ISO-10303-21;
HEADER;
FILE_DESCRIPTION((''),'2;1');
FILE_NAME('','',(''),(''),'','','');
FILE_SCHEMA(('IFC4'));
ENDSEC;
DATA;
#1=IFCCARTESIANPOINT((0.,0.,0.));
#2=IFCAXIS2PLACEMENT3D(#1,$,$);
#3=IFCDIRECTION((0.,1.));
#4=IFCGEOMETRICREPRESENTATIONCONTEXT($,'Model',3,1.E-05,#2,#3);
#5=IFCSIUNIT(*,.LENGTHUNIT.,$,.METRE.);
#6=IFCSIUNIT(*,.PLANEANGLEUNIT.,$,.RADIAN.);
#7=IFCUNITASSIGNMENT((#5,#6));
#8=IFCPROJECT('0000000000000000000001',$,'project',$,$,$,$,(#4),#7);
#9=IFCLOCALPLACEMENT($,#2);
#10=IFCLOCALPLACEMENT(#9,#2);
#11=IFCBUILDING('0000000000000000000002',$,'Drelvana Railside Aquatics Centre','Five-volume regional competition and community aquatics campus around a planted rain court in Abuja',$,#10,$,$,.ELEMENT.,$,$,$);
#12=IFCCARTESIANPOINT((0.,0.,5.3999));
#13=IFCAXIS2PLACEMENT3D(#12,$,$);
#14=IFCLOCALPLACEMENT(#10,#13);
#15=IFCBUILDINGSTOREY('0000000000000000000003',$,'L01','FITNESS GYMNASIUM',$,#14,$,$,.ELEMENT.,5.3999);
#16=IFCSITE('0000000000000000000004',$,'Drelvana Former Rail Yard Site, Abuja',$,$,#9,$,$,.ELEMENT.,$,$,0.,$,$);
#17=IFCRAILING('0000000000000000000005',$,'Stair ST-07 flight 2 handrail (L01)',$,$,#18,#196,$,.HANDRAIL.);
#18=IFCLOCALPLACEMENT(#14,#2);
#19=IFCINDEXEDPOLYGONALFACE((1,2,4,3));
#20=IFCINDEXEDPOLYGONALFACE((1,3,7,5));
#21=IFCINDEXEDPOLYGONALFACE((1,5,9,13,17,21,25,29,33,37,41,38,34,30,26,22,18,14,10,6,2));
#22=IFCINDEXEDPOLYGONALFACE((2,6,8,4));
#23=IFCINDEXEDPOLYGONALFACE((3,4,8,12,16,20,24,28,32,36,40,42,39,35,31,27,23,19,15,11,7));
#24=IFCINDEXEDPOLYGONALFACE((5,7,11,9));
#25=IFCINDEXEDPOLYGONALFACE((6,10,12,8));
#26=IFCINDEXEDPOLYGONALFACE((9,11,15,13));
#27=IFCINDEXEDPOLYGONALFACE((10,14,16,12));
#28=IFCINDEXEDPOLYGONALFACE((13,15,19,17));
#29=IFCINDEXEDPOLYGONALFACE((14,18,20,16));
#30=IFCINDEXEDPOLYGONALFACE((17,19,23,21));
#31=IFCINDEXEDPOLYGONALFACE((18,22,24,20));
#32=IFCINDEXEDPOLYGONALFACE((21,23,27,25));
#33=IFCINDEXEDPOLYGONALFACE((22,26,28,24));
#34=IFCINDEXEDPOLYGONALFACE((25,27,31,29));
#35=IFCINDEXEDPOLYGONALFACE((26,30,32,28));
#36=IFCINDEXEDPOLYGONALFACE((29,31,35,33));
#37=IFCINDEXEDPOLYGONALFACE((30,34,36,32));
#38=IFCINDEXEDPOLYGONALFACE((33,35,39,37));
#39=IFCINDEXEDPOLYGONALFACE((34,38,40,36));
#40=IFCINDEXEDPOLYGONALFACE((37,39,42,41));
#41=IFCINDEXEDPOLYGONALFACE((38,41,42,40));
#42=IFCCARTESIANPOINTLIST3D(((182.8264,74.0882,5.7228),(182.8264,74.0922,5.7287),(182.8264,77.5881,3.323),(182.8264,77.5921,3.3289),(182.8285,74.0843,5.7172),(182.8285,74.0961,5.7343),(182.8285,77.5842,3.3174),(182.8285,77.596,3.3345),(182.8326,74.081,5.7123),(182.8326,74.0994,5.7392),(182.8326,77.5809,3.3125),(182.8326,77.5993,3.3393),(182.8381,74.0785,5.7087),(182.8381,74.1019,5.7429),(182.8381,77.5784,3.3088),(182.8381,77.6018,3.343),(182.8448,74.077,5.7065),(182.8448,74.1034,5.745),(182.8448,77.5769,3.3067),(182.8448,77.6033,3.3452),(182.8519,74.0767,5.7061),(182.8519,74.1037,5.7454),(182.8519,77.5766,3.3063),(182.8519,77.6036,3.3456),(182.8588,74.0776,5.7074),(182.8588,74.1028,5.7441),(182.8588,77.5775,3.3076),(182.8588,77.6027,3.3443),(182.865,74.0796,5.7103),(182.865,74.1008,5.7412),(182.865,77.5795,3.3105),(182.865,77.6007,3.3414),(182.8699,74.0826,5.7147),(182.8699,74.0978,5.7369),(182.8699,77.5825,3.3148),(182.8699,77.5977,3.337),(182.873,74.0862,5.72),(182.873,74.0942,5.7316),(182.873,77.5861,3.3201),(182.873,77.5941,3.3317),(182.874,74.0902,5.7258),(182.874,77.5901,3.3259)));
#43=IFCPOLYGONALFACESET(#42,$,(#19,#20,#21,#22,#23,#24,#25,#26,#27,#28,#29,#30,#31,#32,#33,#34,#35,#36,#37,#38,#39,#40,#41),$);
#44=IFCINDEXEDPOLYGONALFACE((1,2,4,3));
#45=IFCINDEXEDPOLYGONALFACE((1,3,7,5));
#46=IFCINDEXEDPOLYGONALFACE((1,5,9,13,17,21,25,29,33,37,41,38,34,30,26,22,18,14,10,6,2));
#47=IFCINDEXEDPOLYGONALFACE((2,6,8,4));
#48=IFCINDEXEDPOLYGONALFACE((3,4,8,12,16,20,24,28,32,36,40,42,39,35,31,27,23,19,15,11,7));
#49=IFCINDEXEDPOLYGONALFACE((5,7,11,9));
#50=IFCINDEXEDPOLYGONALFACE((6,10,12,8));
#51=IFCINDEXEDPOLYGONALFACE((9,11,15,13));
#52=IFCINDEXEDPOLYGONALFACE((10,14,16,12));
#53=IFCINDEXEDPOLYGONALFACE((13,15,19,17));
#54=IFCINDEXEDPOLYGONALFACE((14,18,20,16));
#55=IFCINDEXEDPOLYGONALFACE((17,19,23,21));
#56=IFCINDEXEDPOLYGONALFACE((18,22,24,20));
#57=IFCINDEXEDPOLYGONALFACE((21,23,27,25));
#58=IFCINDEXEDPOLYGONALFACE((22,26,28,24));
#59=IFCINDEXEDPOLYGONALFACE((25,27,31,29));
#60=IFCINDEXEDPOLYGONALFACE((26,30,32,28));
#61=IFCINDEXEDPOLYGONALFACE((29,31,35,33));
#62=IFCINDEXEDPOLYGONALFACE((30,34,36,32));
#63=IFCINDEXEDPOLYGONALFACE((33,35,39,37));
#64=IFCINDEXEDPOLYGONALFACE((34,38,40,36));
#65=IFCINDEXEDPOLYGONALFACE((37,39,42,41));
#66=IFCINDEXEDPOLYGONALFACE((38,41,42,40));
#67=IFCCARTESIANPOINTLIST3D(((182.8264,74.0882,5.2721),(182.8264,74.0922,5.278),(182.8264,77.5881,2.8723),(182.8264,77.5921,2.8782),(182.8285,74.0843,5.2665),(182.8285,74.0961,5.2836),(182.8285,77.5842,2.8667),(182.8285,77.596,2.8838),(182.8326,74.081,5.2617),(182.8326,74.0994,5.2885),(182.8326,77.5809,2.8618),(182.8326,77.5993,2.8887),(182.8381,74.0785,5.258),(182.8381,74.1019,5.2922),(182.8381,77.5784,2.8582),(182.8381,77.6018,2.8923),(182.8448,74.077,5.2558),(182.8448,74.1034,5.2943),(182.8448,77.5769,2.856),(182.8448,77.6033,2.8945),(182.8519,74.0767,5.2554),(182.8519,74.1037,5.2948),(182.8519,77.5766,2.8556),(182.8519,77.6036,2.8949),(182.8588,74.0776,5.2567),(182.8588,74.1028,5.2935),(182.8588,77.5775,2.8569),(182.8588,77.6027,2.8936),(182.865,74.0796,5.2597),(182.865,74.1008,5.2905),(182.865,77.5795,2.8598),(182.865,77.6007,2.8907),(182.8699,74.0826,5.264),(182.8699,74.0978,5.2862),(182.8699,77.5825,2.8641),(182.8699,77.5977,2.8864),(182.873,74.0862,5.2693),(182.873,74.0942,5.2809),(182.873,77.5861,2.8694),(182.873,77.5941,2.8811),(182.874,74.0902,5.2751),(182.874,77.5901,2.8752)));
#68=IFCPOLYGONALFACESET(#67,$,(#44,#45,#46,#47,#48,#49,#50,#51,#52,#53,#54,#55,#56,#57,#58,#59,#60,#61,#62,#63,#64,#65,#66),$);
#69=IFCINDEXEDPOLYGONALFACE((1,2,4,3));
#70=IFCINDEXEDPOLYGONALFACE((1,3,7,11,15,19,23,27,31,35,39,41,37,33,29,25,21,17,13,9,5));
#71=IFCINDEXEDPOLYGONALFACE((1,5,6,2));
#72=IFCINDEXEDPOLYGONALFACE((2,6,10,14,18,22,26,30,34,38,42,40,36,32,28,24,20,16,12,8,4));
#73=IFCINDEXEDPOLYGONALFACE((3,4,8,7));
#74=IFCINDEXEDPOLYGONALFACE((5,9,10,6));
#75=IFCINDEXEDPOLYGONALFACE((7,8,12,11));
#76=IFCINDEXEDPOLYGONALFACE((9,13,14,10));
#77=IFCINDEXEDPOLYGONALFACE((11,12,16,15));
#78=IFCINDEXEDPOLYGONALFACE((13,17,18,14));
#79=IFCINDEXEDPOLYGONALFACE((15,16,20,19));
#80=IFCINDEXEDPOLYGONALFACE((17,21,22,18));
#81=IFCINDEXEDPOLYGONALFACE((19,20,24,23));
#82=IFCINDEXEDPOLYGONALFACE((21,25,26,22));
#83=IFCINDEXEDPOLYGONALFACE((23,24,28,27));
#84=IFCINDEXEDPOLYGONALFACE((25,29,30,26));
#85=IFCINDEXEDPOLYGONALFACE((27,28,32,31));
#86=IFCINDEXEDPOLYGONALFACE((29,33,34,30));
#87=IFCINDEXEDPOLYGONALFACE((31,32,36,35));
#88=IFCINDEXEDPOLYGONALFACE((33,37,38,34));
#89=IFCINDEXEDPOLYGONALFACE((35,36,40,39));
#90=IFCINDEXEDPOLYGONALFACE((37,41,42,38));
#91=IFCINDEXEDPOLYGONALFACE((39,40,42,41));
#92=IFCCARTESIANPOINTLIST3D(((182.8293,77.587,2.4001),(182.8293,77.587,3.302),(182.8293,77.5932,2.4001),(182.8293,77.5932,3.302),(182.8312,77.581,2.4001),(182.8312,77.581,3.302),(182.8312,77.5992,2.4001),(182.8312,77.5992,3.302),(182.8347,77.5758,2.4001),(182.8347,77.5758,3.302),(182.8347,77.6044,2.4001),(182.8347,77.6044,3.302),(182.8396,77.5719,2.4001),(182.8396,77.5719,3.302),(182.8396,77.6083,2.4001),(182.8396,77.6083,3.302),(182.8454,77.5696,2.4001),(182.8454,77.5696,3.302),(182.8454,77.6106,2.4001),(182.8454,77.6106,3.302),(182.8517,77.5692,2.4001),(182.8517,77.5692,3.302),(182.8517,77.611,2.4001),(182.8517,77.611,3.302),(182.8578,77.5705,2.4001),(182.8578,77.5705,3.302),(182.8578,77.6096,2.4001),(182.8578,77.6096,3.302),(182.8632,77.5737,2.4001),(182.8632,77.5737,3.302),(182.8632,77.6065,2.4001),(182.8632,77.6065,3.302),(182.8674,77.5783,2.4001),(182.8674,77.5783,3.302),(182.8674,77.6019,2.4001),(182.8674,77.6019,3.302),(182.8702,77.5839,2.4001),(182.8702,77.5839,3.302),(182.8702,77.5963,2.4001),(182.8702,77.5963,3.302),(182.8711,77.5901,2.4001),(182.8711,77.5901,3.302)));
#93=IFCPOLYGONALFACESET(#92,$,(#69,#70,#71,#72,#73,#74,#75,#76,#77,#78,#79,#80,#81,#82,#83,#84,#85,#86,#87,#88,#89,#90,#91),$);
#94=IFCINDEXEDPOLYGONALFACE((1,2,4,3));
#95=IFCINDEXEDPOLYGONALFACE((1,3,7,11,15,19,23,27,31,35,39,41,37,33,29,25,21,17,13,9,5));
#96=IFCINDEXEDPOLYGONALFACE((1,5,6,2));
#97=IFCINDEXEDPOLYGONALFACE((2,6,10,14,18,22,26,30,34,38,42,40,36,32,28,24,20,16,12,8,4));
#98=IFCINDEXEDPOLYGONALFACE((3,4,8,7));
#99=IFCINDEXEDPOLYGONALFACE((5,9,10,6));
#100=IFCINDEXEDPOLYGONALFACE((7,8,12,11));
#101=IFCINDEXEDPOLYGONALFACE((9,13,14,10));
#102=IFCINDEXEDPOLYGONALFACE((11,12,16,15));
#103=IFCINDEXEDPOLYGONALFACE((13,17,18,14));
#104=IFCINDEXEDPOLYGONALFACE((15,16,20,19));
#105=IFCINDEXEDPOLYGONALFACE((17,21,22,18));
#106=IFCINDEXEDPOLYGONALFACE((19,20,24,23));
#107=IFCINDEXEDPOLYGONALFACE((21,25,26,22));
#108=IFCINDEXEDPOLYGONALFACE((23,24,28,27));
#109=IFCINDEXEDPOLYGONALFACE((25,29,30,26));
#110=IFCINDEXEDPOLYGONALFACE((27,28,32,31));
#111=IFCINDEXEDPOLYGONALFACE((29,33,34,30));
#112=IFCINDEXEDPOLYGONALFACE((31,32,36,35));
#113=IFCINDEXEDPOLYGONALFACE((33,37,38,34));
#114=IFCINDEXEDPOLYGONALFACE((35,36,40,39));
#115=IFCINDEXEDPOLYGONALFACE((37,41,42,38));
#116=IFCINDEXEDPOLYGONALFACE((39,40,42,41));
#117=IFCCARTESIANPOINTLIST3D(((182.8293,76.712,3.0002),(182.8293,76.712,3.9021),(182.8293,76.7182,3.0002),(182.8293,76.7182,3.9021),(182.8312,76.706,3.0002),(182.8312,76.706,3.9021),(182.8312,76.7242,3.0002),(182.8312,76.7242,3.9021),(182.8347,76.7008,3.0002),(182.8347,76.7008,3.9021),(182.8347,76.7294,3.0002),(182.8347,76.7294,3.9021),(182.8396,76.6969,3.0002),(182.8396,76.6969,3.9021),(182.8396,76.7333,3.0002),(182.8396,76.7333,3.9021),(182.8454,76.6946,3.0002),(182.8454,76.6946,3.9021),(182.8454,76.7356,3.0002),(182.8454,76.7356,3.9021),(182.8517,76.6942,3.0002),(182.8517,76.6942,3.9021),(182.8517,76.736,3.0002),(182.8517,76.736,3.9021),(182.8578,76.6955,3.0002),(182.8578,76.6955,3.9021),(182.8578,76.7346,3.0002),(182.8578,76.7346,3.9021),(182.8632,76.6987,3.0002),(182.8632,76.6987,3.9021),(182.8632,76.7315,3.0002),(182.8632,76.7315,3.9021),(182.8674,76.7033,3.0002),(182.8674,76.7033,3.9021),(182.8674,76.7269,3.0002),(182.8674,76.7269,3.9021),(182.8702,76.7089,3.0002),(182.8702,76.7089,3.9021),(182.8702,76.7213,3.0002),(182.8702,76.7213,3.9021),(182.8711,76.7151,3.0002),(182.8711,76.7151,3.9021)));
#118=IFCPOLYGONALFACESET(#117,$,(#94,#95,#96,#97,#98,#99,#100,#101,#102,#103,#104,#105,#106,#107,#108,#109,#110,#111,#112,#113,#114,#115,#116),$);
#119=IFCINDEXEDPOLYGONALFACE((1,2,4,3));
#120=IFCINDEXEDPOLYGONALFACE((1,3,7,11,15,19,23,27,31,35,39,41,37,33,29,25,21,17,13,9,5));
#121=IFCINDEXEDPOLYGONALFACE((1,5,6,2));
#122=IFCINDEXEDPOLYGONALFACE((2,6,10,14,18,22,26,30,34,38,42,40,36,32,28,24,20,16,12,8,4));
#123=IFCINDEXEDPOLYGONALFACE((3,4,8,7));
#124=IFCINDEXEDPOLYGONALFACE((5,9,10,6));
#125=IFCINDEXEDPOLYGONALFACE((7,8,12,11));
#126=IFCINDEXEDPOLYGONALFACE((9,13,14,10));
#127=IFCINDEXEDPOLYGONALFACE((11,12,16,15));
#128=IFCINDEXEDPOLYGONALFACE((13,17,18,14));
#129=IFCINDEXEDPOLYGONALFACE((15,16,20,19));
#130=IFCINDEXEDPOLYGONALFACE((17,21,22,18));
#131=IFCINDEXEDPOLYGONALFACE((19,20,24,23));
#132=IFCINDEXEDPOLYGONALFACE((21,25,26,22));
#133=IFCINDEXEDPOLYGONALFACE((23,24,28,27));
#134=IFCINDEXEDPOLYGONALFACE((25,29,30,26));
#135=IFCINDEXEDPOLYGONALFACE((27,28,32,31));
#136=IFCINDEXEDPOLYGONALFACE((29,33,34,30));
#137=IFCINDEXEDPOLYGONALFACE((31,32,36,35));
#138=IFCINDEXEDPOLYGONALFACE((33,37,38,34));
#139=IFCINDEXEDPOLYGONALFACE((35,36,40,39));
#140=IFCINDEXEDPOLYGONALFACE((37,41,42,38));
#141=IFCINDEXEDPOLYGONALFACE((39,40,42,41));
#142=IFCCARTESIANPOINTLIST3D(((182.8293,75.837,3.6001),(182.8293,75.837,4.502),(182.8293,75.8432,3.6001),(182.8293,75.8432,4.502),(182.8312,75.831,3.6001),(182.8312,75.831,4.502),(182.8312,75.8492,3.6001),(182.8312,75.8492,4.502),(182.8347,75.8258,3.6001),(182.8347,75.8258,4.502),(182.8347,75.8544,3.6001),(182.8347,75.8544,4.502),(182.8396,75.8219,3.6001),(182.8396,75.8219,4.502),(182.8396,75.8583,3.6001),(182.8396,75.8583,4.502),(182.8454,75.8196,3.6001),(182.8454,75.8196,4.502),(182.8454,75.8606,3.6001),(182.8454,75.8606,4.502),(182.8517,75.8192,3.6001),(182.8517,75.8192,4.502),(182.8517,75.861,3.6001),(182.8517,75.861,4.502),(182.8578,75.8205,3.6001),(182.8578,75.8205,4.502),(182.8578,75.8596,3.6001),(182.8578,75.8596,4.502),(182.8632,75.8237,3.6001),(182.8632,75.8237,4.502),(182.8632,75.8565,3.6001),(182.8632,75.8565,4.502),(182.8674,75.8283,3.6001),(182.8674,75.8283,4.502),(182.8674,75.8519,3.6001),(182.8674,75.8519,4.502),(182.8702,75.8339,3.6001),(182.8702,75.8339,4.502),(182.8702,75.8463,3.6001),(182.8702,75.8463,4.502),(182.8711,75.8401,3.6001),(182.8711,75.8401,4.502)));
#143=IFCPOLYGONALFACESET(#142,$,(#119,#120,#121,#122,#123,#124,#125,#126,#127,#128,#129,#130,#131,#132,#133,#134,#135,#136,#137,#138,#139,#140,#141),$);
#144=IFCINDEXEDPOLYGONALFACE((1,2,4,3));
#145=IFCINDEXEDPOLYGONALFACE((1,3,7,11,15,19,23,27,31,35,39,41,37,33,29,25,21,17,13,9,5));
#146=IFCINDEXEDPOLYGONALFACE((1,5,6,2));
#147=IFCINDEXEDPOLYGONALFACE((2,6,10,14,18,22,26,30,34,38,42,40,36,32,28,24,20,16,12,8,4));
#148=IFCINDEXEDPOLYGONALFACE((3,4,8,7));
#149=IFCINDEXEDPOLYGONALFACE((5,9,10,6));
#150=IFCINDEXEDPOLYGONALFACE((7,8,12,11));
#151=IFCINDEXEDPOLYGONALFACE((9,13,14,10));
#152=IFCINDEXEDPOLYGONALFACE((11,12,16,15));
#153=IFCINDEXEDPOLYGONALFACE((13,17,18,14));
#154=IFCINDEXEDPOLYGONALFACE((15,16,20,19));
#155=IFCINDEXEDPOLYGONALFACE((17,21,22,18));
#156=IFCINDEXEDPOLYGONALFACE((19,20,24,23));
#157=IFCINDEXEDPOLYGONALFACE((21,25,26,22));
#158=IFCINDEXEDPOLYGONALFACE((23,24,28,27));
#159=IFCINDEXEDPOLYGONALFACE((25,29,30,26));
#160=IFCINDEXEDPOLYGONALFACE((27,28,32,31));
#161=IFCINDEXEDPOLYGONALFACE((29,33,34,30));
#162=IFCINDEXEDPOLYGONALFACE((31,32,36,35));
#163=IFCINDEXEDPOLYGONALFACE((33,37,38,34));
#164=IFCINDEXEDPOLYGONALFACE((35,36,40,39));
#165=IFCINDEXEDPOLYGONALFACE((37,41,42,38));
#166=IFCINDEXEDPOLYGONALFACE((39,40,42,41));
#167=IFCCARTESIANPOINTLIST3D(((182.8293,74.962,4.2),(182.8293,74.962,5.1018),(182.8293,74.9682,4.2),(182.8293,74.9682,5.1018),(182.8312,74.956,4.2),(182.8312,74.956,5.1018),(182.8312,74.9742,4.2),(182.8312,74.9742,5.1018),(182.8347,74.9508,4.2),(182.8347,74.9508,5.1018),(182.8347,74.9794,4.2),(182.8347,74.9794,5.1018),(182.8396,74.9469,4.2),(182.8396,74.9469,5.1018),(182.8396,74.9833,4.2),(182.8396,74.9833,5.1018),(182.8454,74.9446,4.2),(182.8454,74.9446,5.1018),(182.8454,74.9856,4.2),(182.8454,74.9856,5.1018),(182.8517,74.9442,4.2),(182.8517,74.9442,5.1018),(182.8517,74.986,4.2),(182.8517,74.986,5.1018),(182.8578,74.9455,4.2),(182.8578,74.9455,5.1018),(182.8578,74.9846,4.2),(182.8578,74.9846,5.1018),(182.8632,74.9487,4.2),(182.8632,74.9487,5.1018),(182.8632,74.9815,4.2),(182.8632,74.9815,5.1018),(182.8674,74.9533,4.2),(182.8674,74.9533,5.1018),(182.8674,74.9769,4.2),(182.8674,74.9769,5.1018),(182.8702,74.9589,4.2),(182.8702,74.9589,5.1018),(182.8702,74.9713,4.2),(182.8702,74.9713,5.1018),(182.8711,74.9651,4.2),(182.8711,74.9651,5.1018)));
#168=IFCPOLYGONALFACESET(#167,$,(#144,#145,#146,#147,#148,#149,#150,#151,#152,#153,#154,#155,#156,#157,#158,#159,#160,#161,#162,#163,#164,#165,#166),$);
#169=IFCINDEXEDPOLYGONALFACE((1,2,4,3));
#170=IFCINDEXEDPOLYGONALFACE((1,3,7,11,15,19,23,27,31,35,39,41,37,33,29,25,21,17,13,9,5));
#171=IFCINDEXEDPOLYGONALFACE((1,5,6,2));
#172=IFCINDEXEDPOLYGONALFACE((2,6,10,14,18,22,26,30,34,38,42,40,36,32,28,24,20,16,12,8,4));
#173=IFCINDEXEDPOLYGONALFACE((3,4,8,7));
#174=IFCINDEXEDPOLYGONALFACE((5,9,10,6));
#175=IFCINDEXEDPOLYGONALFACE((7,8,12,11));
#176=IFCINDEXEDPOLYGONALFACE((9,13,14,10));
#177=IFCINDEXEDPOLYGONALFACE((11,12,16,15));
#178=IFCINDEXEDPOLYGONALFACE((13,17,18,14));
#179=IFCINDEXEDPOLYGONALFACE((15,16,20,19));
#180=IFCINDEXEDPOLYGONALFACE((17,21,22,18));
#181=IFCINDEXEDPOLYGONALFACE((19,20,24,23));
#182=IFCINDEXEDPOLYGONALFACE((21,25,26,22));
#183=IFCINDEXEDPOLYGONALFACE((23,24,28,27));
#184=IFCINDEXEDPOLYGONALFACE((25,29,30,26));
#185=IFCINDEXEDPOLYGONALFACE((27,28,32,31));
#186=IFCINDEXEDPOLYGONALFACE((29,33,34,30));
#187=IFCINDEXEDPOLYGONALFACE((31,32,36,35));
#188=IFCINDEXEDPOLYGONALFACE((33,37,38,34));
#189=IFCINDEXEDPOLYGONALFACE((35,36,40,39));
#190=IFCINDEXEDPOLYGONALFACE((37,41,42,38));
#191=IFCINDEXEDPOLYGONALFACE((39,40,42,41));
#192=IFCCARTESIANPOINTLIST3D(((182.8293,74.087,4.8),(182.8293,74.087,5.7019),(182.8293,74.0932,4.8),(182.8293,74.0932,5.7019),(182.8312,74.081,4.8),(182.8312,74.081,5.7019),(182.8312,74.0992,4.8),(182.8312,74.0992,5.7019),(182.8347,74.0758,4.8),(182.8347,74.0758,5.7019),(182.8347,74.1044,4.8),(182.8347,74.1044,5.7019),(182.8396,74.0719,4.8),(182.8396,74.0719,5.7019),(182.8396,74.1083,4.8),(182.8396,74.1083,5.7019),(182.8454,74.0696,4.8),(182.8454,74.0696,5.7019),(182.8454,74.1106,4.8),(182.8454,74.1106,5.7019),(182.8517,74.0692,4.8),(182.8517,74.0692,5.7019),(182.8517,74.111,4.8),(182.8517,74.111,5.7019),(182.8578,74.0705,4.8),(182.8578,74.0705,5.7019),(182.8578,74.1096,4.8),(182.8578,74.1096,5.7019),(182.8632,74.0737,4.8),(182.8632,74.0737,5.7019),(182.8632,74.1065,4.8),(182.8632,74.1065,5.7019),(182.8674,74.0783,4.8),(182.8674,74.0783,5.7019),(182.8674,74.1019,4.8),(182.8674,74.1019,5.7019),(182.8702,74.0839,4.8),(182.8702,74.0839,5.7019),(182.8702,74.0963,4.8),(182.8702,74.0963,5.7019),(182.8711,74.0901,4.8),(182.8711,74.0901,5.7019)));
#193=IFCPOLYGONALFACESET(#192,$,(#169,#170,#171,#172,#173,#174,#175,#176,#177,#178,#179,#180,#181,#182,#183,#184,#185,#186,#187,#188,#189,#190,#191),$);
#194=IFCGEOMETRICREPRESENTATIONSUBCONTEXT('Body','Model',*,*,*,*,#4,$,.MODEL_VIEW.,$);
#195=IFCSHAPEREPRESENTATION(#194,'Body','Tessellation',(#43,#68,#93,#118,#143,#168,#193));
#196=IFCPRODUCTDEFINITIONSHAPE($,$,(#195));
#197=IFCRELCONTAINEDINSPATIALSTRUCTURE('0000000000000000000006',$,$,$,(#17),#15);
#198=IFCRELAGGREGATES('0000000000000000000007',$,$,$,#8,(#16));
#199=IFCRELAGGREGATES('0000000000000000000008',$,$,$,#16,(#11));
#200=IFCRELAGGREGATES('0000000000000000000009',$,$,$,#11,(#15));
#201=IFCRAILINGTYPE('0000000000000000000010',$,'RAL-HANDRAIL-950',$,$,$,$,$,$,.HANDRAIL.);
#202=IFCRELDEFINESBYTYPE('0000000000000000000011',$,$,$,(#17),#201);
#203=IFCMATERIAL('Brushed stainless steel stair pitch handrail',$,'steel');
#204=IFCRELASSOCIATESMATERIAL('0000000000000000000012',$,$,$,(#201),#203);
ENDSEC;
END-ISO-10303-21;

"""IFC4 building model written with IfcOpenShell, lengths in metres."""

from ifc_helpers import new_model, si_unit, direction, frame, origin, origin_2d, place, context, subcontext, project, spatial, circle, extrude, material, type_object, element, save


model = new_model("IFC4")

# Units and contexts
model_context = context("Model", 3, precision=1e-05, world=origin(), true_north=direction((0.0, 1.0)))
body_context = subcontext(model_context, "Body", "Model", "MODEL_VIEW")
ifc_project = project(units=[si_unit("LENGTHUNIT", "METRE"), si_unit("PLANEANGLEUNIT", "RADIAN")], contexts=[model_context])

# Site, building, storey
site_placement = place(None, origin())
site = spatial("IfcSite", under=ifc_project, at=site_placement, Name="Drelvana Former Rail Yard Site, Abuja", CompositionType="ELEMENT", RefElevation=0.0)
building_placement = place(site_placement, origin())
building = spatial("IfcBuilding", under=site, at=building_placement, Name="Drelvana Railside Aquatics Centre", Description="Five-volume regional competition and community aquatics campus around a planted rain court in Abuja", CompositionType="ELEMENT")
storey_placement = place(building_placement, frame((0.0, 0.0, 5.3999)))
storey = spatial("IfcBuildingStorey", under=building, at=storey_placement, Name="L01", Description="FITNESS GYMNASIUM", CompositionType="ELEMENT", Elevation=5.3999)

# Railing
ifc_material_1 = material(Name="Brushed stainless steel stair pitch handrail", Category="steel")
railing_type = type_object("IfcRailingType", Name="RAL-HANDRAIL-950", PredefinedType="HANDRAIL", material=ifc_material_1)
railing_1_placement = place(storey_placement, frame((182.8501, 77.5901, 2.4001)))
element("IfcRailing", 1, at=railing_1_placement, inside=storey, type_object=railing_type, Name="Stair ST-07 flight 2 handrail (L01)", PredefinedType="HANDRAIL", context=body_context, shape_type="SweptSolid", body=[
    extrude(circle(Radius=0.0239, at=origin_2d()), frame((0.0, 0.0, 0.9258), z_axis=(0.0, -0.82474, 0.565513), x_axis=(1.0, 0.0, 0.0)), (0.0, 0.0, 1.0), 4.2437),
    extrude(circle(Radius=0.0239, at=origin_2d()), frame((0.0, 0.0, 0.4751), z_axis=(0.0, -0.82474, 0.565513), x_axis=(1.0, 0.0, 0.0)), (0.0, 0.0, 1.0), 4.2437),
    extrude(circle(Radius=0.021, at=origin_2d()), origin(), (0.0, 0.0, 1.0), 0.9019),
    extrude(circle(Radius=0.021, at=origin_2d()), frame((0.0, -0.875, 0.6001)), (0.0, 0.0, 1.0), 0.9019),
    extrude(circle(Radius=0.021, at=origin_2d()), frame((0.0, -1.75, 1.2)), (0.0, 0.0, 1.0), 0.9019),
    extrude(circle(Radius=0.021, at=origin_2d()), frame((0.0, -2.625, 1.7998)), (0.0, 0.0, 1.0), 0.9019),
    extrude(circle(Radius=0.021, at=origin_2d()), frame((0.0, -3.5, 2.3999)), (0.0, 0.0, 1.0), 0.9019),
])

save(model, "model.ifc")
